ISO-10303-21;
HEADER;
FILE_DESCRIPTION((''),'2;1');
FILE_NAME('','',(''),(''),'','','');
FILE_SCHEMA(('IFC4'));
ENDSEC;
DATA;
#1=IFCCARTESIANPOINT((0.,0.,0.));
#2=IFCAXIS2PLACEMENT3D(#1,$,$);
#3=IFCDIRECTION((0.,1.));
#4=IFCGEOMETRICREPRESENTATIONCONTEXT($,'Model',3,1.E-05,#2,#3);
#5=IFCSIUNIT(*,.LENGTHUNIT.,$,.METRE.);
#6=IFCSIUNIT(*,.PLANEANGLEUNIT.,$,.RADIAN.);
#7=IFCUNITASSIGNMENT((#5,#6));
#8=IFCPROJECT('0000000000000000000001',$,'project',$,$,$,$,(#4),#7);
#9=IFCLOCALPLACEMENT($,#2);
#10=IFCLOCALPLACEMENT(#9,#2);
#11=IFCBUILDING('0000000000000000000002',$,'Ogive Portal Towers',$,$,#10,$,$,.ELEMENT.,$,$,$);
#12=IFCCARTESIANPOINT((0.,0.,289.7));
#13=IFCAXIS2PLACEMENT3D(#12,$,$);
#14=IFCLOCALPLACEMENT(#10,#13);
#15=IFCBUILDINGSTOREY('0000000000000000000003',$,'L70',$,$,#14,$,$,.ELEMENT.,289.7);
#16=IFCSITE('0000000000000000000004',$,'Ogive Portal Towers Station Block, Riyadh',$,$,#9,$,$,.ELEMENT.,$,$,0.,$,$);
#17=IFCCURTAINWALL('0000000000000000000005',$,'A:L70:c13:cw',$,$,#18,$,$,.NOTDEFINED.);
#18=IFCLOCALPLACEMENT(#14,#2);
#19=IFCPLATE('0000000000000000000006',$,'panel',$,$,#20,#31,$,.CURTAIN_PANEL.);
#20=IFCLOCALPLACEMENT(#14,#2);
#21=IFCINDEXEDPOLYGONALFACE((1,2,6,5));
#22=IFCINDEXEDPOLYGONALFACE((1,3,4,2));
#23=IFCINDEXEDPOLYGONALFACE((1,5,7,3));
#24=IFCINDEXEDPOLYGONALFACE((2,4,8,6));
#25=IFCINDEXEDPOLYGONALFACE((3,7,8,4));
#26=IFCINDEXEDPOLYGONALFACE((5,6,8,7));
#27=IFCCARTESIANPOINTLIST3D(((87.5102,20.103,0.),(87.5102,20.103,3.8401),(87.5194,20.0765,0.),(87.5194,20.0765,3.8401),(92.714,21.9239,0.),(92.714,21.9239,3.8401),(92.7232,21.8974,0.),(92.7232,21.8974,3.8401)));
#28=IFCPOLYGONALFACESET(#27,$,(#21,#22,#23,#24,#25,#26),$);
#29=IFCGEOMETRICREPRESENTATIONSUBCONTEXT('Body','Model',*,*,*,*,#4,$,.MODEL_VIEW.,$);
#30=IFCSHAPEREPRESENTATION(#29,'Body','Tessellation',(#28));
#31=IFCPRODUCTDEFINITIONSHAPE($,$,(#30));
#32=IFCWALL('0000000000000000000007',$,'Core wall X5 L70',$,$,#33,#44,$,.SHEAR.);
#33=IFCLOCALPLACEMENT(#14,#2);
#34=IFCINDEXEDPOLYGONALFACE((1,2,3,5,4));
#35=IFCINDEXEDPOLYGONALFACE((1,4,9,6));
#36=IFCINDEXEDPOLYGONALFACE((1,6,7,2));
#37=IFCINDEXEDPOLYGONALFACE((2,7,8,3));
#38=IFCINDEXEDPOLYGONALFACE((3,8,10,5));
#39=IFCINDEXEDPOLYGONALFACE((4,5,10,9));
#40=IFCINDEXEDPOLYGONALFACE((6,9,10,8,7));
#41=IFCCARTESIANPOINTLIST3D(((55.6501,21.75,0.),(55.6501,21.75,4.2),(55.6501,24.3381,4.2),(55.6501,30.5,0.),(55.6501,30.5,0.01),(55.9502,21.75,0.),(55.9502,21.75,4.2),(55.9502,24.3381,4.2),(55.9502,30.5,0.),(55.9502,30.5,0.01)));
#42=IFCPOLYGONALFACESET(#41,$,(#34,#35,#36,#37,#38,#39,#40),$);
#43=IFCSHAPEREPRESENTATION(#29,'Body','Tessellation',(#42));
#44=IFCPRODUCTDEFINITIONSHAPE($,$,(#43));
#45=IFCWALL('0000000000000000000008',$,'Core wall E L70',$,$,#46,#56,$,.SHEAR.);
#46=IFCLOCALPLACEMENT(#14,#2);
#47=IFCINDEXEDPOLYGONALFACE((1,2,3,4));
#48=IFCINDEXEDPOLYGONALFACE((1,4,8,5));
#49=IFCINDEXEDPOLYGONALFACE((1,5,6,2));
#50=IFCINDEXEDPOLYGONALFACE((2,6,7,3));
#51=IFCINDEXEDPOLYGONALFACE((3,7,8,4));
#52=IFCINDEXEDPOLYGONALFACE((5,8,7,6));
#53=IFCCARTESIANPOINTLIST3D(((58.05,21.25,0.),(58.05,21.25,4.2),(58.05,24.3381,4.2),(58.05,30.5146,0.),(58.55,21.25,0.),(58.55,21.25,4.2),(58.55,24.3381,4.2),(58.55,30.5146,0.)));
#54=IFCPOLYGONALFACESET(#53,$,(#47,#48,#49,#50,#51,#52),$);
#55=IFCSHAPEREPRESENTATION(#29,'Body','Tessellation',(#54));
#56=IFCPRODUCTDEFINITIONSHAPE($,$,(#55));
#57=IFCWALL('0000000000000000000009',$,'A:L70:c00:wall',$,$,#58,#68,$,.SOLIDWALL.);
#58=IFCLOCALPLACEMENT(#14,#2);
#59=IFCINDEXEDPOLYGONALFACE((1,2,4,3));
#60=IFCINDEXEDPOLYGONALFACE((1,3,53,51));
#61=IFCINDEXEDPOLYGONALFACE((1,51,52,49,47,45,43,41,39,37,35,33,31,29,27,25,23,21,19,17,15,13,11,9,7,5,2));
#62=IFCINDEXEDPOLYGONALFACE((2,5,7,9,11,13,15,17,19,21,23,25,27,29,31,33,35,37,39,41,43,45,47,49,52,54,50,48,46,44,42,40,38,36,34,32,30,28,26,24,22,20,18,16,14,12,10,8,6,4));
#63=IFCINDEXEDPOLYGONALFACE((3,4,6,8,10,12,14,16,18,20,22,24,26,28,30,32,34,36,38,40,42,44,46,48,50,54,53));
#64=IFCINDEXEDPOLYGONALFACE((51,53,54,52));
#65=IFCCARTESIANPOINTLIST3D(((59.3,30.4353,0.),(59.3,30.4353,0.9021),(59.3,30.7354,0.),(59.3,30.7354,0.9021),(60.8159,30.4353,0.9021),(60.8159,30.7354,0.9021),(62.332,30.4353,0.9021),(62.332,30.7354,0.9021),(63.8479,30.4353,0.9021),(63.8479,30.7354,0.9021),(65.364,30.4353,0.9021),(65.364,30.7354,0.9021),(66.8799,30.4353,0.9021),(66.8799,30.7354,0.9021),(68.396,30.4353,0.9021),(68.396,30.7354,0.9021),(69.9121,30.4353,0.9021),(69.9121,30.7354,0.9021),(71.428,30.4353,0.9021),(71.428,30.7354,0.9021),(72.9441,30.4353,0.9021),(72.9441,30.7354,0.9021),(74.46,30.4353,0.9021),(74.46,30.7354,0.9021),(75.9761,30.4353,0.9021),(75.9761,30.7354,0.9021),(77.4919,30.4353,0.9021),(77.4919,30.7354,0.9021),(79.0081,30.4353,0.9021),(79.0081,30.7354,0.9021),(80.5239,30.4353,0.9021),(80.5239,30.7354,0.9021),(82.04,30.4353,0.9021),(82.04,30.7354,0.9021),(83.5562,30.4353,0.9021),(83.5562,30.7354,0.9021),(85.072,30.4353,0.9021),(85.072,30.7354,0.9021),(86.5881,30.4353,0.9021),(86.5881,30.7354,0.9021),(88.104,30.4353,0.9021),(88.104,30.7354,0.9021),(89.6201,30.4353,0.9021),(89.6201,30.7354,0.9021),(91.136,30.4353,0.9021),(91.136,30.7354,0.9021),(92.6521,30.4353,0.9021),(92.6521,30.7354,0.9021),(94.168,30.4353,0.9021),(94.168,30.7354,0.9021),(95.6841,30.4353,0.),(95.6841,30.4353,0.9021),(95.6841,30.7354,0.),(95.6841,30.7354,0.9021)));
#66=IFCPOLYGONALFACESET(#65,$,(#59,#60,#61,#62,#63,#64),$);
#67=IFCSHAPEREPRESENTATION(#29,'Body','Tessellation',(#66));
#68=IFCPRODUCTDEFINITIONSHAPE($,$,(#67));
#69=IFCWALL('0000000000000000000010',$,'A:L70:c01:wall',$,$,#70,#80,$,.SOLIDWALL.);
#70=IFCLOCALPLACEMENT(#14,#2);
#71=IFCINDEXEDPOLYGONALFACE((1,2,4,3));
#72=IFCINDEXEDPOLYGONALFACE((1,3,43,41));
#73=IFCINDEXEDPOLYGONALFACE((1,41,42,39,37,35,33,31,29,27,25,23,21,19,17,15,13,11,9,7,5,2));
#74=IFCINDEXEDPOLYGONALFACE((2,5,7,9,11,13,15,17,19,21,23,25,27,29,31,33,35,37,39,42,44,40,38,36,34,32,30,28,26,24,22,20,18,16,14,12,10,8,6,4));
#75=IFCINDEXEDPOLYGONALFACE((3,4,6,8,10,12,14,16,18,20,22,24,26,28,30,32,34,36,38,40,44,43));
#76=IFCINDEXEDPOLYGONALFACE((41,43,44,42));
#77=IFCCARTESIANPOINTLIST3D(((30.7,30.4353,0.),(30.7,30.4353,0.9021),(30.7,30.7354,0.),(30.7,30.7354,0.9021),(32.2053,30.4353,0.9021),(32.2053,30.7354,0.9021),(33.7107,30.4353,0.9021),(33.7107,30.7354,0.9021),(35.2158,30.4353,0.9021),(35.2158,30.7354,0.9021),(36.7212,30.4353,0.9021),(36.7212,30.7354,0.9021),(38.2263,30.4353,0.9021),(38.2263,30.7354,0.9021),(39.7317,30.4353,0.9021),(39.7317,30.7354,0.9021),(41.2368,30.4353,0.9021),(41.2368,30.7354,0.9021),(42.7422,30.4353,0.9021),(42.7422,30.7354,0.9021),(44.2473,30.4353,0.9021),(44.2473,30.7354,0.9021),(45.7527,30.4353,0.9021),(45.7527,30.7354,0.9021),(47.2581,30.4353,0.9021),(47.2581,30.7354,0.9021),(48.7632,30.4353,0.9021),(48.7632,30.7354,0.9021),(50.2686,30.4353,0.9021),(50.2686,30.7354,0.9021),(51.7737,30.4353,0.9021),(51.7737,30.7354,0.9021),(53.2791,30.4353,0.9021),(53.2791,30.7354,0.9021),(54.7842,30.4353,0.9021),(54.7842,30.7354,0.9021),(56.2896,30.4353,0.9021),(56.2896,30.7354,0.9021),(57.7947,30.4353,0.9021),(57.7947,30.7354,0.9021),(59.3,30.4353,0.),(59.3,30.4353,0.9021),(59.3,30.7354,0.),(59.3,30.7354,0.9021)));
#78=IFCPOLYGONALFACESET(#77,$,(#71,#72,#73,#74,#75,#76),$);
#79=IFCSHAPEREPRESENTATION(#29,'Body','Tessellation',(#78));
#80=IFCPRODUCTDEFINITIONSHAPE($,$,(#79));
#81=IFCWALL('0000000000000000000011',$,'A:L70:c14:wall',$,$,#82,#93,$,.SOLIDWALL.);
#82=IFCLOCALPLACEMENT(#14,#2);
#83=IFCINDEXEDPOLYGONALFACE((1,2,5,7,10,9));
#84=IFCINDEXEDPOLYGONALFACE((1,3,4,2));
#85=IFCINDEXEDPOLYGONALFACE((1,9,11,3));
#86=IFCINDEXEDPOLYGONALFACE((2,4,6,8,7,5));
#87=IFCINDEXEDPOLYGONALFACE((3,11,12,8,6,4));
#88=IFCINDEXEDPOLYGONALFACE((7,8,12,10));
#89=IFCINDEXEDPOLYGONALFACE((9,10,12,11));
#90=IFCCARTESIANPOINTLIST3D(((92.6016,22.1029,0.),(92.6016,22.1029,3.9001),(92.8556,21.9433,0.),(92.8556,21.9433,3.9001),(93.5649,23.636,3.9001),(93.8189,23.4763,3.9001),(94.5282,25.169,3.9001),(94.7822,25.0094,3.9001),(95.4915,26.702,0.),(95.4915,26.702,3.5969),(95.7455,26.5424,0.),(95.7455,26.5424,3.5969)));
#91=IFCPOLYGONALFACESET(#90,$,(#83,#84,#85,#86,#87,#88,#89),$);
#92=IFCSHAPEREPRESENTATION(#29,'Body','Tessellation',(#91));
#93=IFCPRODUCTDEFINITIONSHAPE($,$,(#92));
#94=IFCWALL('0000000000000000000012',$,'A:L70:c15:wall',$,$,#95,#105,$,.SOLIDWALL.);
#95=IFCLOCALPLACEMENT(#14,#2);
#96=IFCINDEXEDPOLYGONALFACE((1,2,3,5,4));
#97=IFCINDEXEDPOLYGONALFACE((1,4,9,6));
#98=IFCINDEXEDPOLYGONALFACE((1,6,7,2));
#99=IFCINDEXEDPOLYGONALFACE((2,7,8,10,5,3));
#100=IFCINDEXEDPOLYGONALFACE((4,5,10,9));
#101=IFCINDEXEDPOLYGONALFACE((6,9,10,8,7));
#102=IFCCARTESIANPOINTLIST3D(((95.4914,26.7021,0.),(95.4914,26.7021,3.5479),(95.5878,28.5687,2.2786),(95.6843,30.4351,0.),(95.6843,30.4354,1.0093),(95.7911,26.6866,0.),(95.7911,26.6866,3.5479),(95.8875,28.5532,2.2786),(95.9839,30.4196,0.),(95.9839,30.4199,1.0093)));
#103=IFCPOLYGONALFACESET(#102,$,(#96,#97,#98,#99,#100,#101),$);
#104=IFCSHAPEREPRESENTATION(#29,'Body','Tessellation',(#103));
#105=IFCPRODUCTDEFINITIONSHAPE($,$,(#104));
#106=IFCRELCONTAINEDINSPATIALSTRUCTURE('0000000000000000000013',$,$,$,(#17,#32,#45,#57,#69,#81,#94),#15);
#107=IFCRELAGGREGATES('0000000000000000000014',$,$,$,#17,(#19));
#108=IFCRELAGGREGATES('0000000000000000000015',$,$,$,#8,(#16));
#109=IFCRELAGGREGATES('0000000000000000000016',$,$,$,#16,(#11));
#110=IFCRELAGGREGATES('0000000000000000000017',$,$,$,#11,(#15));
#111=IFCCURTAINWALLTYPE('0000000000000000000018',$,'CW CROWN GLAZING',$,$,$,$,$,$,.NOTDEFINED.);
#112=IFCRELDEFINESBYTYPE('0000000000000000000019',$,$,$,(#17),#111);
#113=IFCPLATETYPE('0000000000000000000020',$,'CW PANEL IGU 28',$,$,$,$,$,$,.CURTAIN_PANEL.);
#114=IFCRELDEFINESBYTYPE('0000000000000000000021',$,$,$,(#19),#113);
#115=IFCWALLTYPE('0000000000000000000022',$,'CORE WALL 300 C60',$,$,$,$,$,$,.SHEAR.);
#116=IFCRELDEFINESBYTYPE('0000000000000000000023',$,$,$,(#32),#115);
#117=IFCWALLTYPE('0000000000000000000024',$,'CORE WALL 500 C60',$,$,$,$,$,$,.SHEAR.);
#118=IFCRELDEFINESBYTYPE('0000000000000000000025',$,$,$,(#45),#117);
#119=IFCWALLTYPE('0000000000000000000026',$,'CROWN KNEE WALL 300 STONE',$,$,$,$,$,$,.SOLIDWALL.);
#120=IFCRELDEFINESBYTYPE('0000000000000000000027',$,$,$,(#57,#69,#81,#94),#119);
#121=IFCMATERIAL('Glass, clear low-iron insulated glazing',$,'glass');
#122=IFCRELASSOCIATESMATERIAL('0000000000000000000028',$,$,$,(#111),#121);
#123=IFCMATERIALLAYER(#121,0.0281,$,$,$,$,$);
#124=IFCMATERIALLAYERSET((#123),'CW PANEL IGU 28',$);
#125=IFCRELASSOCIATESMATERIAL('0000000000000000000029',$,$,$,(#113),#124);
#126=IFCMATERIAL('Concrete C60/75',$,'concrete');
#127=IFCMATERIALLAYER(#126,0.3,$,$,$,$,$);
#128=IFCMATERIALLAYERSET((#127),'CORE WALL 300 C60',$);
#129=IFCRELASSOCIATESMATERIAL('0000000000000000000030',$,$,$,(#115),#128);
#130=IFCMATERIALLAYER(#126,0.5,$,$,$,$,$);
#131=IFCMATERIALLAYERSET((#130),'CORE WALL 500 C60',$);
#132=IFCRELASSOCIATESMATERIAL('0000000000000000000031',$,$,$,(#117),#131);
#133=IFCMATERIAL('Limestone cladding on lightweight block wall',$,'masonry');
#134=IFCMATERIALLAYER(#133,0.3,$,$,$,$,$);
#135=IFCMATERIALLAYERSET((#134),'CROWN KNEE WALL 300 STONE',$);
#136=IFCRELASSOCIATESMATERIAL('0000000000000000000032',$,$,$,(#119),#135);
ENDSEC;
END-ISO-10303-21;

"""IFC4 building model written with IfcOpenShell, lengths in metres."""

from ifc_helpers import new_model, si_unit, direction, frame, origin, origin_2d, place, context, subcontext, project, spatial, polyline, rectangle, outline, extrude, material, layer, layer_set, type_object, element, aggregate, save


model = new_model("IFC4")

# Units and contexts
model_context = context("Model", 3, precision=1e-05, world=origin(), true_north=direction((0.0, 1.0)))
body_context = subcontext(model_context, "Body", "Model", "MODEL_VIEW")
ifc_project = project(units=[si_unit("LENGTHUNIT", "METRE"), si_unit("PLANEANGLEUNIT", "RADIAN")], contexts=[model_context])

# Site, building, storey
site_placement = place(None, origin())
site = spatial("IfcSite", under=ifc_project, at=site_placement, Name="Ogive Portal Towers Station Block, Riyadh", CompositionType="ELEMENT", RefElevation=0.0)
building_placement = place(site_placement, origin())
building = spatial("IfcBuilding", under=site, at=building_placement, Name="Ogive Portal Towers", CompositionType="ELEMENT")
storey_placement = place(building_placement, frame((0.0, 0.0, 289.7)))
storey = spatial("IfcBuildingStorey", under=building, at=storey_placement, Name="L70", CompositionType="ELEMENT", Elevation=289.7)

# Curtain wall
ifc_material_1 = material(Name="Glass, clear low-iron insulated glazing", Category="glass")
curtain_wall_type = type_object("IfcCurtainWallType", Name="CW CROWN GLAZING", PredefinedType="NOTDEFINED", material=ifc_material_1)
curtain_wall_1_placement = place(storey_placement, origin())
curtain_wall_1 = element("IfcCurtainWall", 1, at=curtain_wall_1_placement, inside=storey, type_object=curtain_wall_type, Name="A:L70:c13:cw", PredefinedType="NOTDEFINED")

# Plate
ifc_layer_1 = layer(ifc_material_1, 0.0281)
ifc_layer_set_1 = layer_set([ifc_layer_1], Name="CW PANEL IGU 28")
plate_type = type_object("IfcPlateType", Name="CW PANEL IGU 28", PredefinedType="CURTAIN_PANEL", material=ifc_layer_set_1)
plate_1_placement = place(storey_placement, frame((90.1167, 21.0002, 0.0), z_axis=(0.0, 0.0, 1.0), x_axis=(0.943883, 0.330279, 0.0)))
plate_1 = element("IfcPlate", 2, at=plate_1_placement, type_object=plate_type, Name="panel", PredefinedType="CURTAIN_PANEL", context=body_context, shape_type="SweptSolid", body=[
    extrude(rectangle(XDim=5.5132, YDim=0.0281, at=origin_2d()), origin(), (0.0, 0.0, 1.0), 3.8401),
])
aggregate(curtain_wall_1, [plate_1])

# Walls
ifc_material_2 = material(Name="Concrete C60/75", Category="concrete")
ifc_layer_2 = layer(ifc_material_2, 0.3)
ifc_layer_set_2 = layer_set([ifc_layer_2], Name="CORE WALL 300 C60")
wall_type_1 = type_object("IfcWallType", Name="CORE WALL 300 C60", PredefinedType="SHEAR", material=ifc_layer_set_2)
wall_1_placement = place(storey_placement, frame((55.8, 21.75, 0.0), z_axis=(0.0, 0.0, 1.0), x_axis=(0.0, 1.0, 0.0)))
element("IfcWall", 3, at=wall_1_placement, inside=storey, type_object=wall_type_1, Name="Core wall X5 L70", PredefinedType="SHEAR", context=body_context, shape_type="SweptSolid", body=[
    extrude(outline(polyline([(0.0, 0.0), (8.75, 0.0), (8.75, 0.01), (2.5881, 4.2), (0.0, 4.2), (0.0, 0.0)])), frame((0.0, 0.1499, 0.0), z_axis=(0.0, -1.0, 0.0), x_axis=(1.0, 0.0, 0.0)), (0.0, 0.0, 1.0), 0.3),
])
ifc_layer_3 = layer(ifc_material_2, 0.5)
ifc_layer_set_3 = layer_set([ifc_layer_3], Name="CORE WALL 500 C60")
wall_type_2 = type_object("IfcWallType", Name="CORE WALL 500 C60", PredefinedType="SHEAR", material=ifc_layer_set_3)
wall_2_placement = place(storey_placement, frame((58.3, 21.25, 0.0), z_axis=(0.0, 0.0, 1.0), x_axis=(0.0, 1.0, 0.0)))
element("IfcWall", 4, at=wall_2_placement, inside=storey, type_object=wall_type_2, Name="Core wall E L70", PredefinedType="SHEAR", context=body_context, shape_type="SweptSolid", body=[
    extrude(outline(polyline([(0.0, 0.0), (18.5, 0.0), (9.2646, 0.0), (3.0881, 4.2), (0.0, 4.2), (0.0, 0.0)])), frame((0.0, 0.25, 0.0), z_axis=(0.0, -1.0, 0.0), x_axis=(1.0, 0.0, 0.0)), (0.0, 0.0, 1.0), 0.5),
])
ifc_material_3 = material(Name="Limestone cladding on lightweight block wall", Category="masonry")
ifc_layer_4 = layer(ifc_material_3, 0.3)
ifc_layer_set_4 = layer_set([ifc_layer_4], Name="CROWN KNEE WALL 300 STONE")
wall_type_3 = type_object("IfcWallType", Name="CROWN KNEE WALL 300 STONE", PredefinedType="SOLIDWALL", material=ifc_layer_set_4)
wall_3_placement = place(storey_placement, frame((95.6841, 30.5852, 0.0), z_axis=(0.0, 0.0, 1.0), x_axis=(-1.0, 0.0, 0.0)))
element("IfcWall", 5, at=wall_3_placement, inside=storey, type_object=wall_type_3, Name="A:L70:c00:wall", PredefinedType="SOLIDWALL", context=body_context, shape_type="SweptSolid", body=[
    extrude(outline(polyline([(0.0, 0.0), (36.384, 0.0), (36.384, 0.9021), (34.8682, 0.9021), (33.3521, 0.9021), (31.8362, 0.9021), (30.3201, 0.9021), (28.8042, 0.9021), (27.2881, 0.9021), (25.772, 0.9021), (24.2561, 0.9021), (22.74, 0.9021), (21.2241, 0.9021), (19.708, 0.9021), (18.1921, 0.9021), (16.676, 0.9021), (15.1602, 0.9021), (13.644, 0.9021), (12.1279, 0.9021), (10.6121, 0.9021), (9.0959, 0.9021), (7.5801, 0.9021), (6.064, 0.9021), (4.5481, 0.9021), (3.032, 0.9021), (1.5161, 0.9021), (0.0, 0.9021), (0.0, 0.0)])), frame((0.0, 0.1499, 0.0), z_axis=(0.0, -1.0, 0.0), x_axis=(1.0, 0.0, 0.0)), (0.0, 0.0, 1.0), 0.3),
])
wall_4_placement = place(storey_placement, frame((59.3, 30.5852, 0.0), z_axis=(0.0, 0.0, 1.0), x_axis=(-1.0, 0.0, 0.0)))
element("IfcWall", 6, at=wall_4_placement, inside=storey, type_object=wall_type_3, Name="A:L70:c01:wall", PredefinedType="SOLIDWALL", context=body_context, shape_type="SweptSolid", body=[
    extrude(outline(polyline([(0.0, 0.0), (28.6001, 0.0), (28.6001, 0.9021), (27.0947, 0.9021), (25.5894, 0.9021), (24.0842, 0.9021), (22.5789, 0.9021), (21.0737, 0.9021), (19.5684, 0.9021), (18.0632, 0.9021), (16.5579, 0.9021), (15.0527, 0.9021), (13.5474, 0.9021), (12.042, 0.9021), (10.5369, 0.9021), (9.0315, 0.9021), (7.5264, 0.9021), (6.021, 0.9021), (4.5159, 0.9021), (3.0105, 0.9021), (1.5054, 0.9021), (0.0, 0.9021), (0.0, 0.0)])), frame((0.0, 0.1499, 0.0), z_axis=(0.0, -1.0, 0.0), x_axis=(1.0, 0.0, 0.0)), (0.0, 0.0, 1.0), 0.3),
])
wall_5_placement = place(storey_placement, frame((92.7285, 22.0232, 0.0), z_axis=(0.0, 0.0, 1.0), x_axis=(0.532042, 0.846718, 0.0)))
element("IfcWall", 7, at=wall_5_placement, inside=storey, type_object=wall_type_3, Name="A:L70:c14:wall", PredefinedType="SOLIDWALL", context=body_context, shape_type="SweptSolid", body=[
    extrude(outline(polyline([(0.0, 0.0), (5.4316, 0.0), (5.4316, 3.5969), (3.6211, 3.9001), (1.8105, 3.9001), (0.0, 3.9001), (0.0, 0.0)])), frame((0.0, 0.1499, 0.0), z_axis=(0.0, -1.0, 0.0), x_axis=(1.0, 0.0, 0.0)), (0.0, 0.0, 1.0), 0.3),
])
wall_6_placement = place(storey_placement, frame((95.6411, 26.6943, 0.0), z_axis=(0.0, 0.0, 1.0), x_axis=(0.051596, 0.998668, 0.0)))
element("IfcWall", 8, at=wall_6_placement, inside=storey, type_object=wall_type_3, Name="A:L70:c15:wall", PredefinedType="SOLIDWALL", context=body_context, shape_type="SweptSolid", body=[
    extrude(outline(polyline([(0.0, 0.0), (3.738, 0.0), (3.7383, 1.0093), (1.8691, 2.2786), (0.0, 3.5479), (0.0, 0.0)])), frame((0.0, 0.1499, 0.0), z_axis=(0.0, -1.0, 0.0), x_axis=(1.0, 0.0, 0.0)), (0.0, 0.0, 1.0), 0.3),
])

save(model, "model.ifc")
